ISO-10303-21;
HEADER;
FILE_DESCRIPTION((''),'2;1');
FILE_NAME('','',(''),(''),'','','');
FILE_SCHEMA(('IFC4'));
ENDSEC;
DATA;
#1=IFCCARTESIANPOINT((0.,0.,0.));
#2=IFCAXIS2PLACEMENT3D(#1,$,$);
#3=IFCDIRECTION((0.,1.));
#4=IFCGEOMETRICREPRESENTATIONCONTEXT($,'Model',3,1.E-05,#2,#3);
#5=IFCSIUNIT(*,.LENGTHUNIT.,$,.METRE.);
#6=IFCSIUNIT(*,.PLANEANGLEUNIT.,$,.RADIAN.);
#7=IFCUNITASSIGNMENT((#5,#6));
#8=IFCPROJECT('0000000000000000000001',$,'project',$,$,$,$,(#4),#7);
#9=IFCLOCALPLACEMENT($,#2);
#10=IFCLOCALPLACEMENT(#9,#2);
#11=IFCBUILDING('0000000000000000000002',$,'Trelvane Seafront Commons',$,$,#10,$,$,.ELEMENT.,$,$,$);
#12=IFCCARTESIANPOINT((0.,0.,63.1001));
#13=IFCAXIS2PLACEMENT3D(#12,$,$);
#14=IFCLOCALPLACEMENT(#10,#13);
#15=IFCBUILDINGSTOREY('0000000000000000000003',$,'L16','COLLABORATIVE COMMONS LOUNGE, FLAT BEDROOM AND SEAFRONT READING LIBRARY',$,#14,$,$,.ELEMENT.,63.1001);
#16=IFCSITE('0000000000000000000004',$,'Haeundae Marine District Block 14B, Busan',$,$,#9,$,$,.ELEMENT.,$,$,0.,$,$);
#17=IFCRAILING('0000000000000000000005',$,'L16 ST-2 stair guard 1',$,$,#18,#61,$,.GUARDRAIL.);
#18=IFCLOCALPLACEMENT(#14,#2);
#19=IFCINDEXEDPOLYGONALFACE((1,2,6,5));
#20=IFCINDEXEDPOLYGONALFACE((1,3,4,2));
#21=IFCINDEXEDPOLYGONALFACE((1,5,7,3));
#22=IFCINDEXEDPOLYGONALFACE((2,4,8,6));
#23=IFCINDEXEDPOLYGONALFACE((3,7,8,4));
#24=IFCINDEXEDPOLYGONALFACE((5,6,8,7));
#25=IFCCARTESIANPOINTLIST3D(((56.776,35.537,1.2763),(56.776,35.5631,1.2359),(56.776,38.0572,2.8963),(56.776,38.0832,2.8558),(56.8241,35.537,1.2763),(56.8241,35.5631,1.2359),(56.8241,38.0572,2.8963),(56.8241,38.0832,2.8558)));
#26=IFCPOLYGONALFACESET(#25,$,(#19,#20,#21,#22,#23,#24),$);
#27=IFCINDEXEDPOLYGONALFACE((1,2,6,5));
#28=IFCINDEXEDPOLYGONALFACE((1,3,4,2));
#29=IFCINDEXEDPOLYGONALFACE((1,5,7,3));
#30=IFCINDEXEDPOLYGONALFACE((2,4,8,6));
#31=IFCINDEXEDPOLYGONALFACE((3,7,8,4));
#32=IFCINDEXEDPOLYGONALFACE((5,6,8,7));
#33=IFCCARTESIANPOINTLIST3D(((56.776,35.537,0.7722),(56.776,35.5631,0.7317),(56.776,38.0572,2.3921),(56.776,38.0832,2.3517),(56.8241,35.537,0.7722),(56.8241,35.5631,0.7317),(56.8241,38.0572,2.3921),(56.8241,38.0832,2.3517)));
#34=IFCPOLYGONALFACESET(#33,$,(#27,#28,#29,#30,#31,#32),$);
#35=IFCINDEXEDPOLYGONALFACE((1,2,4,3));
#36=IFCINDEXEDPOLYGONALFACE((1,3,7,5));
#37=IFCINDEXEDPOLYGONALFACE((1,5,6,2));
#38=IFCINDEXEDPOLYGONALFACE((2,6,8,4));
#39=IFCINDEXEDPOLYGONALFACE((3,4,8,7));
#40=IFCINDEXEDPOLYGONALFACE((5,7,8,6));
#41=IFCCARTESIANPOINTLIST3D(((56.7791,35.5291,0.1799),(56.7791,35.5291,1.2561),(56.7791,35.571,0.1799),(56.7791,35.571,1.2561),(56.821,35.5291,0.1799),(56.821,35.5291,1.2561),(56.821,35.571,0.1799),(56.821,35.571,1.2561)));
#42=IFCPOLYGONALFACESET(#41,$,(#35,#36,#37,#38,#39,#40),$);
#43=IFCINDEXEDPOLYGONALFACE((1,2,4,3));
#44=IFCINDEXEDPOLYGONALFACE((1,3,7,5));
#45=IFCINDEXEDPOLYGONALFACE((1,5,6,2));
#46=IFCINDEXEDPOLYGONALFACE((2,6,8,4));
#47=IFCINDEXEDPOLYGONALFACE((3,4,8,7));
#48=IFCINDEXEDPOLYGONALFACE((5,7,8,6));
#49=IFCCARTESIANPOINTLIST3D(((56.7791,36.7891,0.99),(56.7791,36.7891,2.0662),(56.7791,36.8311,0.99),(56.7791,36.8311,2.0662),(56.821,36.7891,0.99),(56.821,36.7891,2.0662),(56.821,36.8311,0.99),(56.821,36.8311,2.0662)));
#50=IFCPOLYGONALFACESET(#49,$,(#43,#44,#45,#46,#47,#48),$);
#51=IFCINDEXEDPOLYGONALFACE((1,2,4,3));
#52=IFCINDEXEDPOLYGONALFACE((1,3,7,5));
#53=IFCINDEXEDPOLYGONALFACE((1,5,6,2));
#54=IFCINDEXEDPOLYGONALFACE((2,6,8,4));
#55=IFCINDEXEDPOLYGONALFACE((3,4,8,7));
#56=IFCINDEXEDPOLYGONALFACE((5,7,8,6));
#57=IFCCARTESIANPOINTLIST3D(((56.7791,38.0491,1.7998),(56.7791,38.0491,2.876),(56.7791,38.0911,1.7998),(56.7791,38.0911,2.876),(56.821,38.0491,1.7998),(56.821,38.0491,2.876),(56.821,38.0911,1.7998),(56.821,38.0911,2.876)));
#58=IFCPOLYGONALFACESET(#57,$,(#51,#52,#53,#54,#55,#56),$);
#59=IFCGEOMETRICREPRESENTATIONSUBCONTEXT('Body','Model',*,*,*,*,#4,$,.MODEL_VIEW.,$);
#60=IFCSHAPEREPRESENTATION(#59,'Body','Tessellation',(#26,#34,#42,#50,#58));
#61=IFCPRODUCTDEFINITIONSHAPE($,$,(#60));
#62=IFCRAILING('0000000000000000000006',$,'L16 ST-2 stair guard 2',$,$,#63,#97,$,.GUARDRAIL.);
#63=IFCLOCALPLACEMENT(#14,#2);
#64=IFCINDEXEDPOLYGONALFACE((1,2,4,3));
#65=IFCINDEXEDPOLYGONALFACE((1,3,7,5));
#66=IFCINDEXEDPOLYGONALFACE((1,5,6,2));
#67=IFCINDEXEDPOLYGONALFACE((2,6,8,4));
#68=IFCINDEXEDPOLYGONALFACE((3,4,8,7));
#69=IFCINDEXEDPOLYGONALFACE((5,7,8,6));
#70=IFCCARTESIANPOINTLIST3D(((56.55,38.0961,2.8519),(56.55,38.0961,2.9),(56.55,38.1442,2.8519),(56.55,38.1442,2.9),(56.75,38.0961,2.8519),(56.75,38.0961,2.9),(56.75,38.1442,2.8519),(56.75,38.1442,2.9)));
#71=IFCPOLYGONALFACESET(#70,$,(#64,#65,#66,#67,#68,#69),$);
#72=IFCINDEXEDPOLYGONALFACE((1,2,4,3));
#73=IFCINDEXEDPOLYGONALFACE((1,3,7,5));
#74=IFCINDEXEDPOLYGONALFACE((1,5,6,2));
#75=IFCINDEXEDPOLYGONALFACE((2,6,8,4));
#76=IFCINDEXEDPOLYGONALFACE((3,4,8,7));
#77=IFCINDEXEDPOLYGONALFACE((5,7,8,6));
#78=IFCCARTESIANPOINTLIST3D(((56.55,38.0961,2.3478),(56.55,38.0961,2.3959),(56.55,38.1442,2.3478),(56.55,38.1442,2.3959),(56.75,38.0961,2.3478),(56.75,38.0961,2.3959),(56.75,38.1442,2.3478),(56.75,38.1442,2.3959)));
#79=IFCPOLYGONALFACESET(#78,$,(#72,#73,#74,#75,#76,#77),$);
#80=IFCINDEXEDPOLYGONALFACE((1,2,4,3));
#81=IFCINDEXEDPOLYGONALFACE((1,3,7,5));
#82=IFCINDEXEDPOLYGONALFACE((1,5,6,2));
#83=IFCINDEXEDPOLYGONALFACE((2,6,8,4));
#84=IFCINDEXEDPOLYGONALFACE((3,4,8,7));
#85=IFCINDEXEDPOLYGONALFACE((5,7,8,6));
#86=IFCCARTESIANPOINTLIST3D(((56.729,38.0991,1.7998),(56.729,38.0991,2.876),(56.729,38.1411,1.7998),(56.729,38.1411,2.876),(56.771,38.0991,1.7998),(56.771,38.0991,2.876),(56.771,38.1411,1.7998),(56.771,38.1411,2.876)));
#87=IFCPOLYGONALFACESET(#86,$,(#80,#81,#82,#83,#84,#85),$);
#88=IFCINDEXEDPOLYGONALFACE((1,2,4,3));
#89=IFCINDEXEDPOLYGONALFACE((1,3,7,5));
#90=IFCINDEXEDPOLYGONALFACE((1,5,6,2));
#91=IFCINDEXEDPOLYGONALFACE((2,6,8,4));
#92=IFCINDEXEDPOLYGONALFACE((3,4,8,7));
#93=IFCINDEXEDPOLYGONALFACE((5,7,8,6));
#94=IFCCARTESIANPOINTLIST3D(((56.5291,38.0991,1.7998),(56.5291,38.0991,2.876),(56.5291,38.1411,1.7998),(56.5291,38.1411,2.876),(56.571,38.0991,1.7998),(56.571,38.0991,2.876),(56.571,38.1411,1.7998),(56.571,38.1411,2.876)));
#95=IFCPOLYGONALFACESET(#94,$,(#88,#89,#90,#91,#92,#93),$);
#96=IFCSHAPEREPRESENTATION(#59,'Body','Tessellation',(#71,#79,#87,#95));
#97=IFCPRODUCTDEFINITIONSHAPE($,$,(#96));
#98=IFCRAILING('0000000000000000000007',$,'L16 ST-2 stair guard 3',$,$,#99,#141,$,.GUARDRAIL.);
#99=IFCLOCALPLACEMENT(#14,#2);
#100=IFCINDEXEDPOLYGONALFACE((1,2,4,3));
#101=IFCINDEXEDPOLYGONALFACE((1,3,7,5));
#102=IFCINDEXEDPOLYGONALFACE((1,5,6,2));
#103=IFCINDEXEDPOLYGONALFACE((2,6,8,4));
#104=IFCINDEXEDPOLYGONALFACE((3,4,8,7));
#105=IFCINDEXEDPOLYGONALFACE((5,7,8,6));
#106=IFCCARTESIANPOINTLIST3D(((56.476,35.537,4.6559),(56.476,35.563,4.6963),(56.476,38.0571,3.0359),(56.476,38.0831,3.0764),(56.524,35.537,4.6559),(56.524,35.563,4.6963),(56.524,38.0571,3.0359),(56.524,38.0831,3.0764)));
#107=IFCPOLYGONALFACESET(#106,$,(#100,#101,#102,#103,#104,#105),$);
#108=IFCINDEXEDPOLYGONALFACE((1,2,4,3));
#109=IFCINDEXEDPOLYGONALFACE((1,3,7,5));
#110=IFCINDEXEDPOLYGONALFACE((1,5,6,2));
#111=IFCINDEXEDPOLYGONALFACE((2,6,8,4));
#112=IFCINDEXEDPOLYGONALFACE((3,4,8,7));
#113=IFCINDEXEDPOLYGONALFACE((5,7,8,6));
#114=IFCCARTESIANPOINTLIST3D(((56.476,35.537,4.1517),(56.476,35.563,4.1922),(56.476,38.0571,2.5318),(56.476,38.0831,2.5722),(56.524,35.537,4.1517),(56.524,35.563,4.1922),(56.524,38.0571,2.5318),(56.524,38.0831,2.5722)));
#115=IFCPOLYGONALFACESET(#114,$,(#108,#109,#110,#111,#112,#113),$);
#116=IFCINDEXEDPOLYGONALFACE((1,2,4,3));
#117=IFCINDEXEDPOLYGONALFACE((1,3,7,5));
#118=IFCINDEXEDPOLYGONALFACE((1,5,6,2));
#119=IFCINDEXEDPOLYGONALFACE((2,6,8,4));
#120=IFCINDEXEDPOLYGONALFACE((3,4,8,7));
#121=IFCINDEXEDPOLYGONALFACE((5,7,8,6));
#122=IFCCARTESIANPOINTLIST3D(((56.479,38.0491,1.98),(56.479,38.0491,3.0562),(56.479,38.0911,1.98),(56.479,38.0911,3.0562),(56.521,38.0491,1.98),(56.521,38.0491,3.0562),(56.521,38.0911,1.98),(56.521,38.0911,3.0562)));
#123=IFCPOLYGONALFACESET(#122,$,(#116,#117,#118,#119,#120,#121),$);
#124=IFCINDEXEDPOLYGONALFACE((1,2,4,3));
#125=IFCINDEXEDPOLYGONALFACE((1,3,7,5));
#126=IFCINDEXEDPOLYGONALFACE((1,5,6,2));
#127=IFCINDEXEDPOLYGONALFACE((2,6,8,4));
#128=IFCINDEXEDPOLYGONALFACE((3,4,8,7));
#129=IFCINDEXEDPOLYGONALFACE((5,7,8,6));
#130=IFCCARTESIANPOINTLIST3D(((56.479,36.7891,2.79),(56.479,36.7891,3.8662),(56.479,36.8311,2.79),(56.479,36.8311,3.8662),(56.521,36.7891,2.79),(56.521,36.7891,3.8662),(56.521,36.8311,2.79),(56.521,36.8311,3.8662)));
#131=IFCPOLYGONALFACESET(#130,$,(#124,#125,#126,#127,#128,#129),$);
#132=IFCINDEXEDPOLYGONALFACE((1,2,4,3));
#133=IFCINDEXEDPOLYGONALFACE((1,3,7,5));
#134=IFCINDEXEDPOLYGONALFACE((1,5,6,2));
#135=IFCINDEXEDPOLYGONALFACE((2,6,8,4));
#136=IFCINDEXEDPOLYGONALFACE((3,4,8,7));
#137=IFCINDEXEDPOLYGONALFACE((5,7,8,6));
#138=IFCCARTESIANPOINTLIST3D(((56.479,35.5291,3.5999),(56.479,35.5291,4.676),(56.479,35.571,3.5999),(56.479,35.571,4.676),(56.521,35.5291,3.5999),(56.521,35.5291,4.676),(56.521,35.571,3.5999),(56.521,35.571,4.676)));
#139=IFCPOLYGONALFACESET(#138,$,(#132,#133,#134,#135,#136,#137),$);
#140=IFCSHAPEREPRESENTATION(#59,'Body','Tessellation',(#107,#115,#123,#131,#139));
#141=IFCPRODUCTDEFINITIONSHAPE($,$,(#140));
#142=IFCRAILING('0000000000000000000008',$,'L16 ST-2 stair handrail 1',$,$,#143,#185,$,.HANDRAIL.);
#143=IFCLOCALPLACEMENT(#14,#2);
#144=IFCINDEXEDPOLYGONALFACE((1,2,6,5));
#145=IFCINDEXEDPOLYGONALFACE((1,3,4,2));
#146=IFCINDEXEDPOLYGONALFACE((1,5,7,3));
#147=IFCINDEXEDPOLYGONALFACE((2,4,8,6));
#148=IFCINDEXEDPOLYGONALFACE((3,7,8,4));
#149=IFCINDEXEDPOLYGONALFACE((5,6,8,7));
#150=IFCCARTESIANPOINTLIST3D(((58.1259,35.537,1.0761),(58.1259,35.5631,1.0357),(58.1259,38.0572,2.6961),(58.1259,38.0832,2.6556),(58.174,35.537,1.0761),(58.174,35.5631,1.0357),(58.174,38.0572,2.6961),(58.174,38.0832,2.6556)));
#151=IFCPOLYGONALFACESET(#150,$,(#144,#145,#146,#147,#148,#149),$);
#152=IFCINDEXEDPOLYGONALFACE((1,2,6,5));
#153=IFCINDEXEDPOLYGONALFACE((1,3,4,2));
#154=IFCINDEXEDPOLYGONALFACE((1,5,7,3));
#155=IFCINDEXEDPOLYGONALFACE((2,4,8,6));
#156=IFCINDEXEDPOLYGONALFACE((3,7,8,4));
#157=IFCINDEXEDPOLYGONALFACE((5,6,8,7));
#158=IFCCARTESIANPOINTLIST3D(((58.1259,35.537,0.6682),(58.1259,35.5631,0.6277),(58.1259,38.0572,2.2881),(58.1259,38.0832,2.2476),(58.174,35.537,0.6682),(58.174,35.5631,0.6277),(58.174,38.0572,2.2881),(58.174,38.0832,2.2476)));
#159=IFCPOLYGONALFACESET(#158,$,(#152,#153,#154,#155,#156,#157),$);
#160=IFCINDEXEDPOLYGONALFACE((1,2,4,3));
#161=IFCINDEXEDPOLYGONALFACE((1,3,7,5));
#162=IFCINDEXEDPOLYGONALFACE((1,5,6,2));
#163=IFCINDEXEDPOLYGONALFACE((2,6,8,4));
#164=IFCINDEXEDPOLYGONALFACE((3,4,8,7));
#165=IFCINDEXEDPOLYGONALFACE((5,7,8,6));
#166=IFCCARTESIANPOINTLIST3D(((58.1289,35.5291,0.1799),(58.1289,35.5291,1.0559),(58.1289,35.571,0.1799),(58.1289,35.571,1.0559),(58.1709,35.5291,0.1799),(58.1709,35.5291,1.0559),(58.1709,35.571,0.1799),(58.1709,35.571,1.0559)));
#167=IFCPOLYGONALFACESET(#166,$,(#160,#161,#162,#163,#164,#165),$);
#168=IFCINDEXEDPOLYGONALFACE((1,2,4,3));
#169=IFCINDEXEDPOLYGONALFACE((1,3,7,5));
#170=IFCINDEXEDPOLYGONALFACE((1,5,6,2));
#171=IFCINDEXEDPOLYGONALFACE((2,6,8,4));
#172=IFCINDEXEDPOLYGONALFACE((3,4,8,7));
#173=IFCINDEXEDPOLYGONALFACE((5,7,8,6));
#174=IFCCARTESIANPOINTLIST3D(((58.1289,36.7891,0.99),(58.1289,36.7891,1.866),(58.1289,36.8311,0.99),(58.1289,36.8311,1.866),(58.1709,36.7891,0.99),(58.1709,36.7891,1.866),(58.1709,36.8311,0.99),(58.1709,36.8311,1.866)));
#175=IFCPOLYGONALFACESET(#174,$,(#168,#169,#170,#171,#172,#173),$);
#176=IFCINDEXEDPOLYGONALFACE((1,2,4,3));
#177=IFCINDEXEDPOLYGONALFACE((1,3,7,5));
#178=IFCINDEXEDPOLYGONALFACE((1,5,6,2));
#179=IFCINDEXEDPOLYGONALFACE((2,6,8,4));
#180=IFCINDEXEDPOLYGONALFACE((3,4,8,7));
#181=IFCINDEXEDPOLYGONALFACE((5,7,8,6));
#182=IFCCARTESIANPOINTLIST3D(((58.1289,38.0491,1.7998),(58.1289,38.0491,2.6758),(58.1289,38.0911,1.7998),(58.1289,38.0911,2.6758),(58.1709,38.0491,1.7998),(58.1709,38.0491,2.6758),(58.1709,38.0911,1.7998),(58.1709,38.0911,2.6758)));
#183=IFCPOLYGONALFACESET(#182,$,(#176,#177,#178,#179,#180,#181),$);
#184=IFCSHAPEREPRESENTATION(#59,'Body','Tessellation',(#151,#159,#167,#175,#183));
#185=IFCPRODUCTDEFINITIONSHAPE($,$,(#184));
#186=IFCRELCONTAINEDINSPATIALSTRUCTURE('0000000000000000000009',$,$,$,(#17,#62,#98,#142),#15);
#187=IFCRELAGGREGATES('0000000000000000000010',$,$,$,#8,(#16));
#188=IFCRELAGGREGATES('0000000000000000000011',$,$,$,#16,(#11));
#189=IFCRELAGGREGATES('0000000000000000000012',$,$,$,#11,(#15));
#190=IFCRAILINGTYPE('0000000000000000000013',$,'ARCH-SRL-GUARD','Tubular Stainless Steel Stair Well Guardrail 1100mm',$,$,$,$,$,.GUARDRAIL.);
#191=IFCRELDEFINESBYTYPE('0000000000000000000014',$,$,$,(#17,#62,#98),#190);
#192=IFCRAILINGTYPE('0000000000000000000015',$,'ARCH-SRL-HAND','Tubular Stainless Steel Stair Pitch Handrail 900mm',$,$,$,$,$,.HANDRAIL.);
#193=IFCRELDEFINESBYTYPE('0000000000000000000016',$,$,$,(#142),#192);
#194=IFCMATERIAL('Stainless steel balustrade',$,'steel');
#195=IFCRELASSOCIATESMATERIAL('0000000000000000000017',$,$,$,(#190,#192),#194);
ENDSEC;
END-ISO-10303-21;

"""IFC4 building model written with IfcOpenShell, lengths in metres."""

from ifc_helpers import new_model, si_unit, direction, frame, origin, origin_2d, place, context, subcontext, project, spatial, rectangle, extrude, material, type_object, element, save


model = new_model("IFC4")

# Units and contexts
model_context = context("Model", 3, precision=1e-05, world=origin(), true_north=direction((0.0, 1.0)))
body_context = subcontext(model_context, "Body", "Model", "MODEL_VIEW")
ifc_project = project(units=[si_unit("LENGTHUNIT", "METRE"), si_unit("PLANEANGLEUNIT", "RADIAN")], contexts=[model_context])

# Site, building, storey
site_placement = place(None, origin())
site = spatial("IfcSite", under=ifc_project, at=site_placement, Name="Haeundae Marine District Block 14B, Busan", CompositionType="ELEMENT", RefElevation=0.0)
building_placement = place(site_placement, origin())
building = spatial("IfcBuilding", under=site, at=building_placement, Name="Trelvane Seafront Commons", CompositionType="ELEMENT")
storey_placement = place(building_placement, frame((0.0, 0.0, 63.1001)))
storey = spatial("IfcBuildingStorey", under=building, at=storey_placement, Name="L16", Description="COLLABORATIVE COMMONS LOUNGE, FLAT BEDROOM AND SEAFRONT READING LIBRARY", CompositionType="ELEMENT", Elevation=63.1001)

# Railings
ifc_material_1 = material(Name="Stainless steel balustrade", Category="steel")
railing_type_1 = type_object("IfcRailingType", Name="ARCH-SRL-GUARD", Description="Tubular Stainless Steel Stair Well Guardrail 1100mm", PredefinedType="GUARDRAIL", material=ifc_material_1)
railing_1_placement = place(storey_placement, frame((56.8, 35.55, 0.1799)))
element("IfcRailing", 1, at=railing_1_placement, inside=storey, type_object=railing_type_1, Name="L16 ST-2 stair guard 1", PredefinedType="GUARDRAIL", context=body_context, shape_type="SweptSolid", body=[
    extrude(rectangle(XDim=0.0481, YDim=0.0481, at=origin_2d()), frame((0.0, 0.0, 1.0762), z_axis=(0.0, 0.8412, 0.540725), x_axis=(-1.0, 0.0, 0.0)), (0.0, 0.0, 1.0), 2.9958),
    extrude(rectangle(XDim=0.0481, YDim=0.0481, at=origin_2d()), frame((0.0, 0.0, 0.572), z_axis=(0.0, 0.8412, 0.540725), x_axis=(-1.0, 0.0, 0.0)), (0.0, 0.0, 1.0), 2.9958),
    extrude(rectangle(XDim=0.042, YDim=0.042, at=origin_2d()), origin(), (0.0, 0.0, 1.0), 1.0762),
    extrude(rectangle(XDim=0.042, YDim=0.042, at=origin_2d()), frame((0.0, 1.26, 0.8101)), (0.0, 0.0, 1.0), 1.0762),
    extrude(rectangle(XDim=0.042, YDim=0.042, at=origin_2d()), frame((0.0, 2.52, 1.6199)), (0.0, 0.0, 1.0), 1.0762),
])
railing_2_placement = place(storey_placement, frame((56.75, 38.1201, 1.7998)))
element("IfcRailing", 2, at=railing_2_placement, inside=storey, type_object=railing_type_1, Name="L16 ST-2 stair guard 2", PredefinedType="GUARDRAIL", context=body_context, shape_type="SweptSolid", body=[
    extrude(rectangle(XDim=0.0481, YDim=0.0481, at=origin_2d()), frame((0.0, 0.0, 1.0762), z_axis=(-1.0, 0.0, 0.0), x_axis=(0.0, -1.0, 0.0)), (0.0, 0.0, 1.0), 0.2),
    extrude(rectangle(XDim=0.0481, YDim=0.0481, at=origin_2d()), frame((0.0, 0.0, 0.572), z_axis=(-1.0, 0.0, 0.0), x_axis=(0.0, -1.0, 0.0)), (0.0, 0.0, 1.0), 0.2),
    extrude(rectangle(XDim=0.042, YDim=0.042, at=origin_2d()), origin(), (0.0, 0.0, 1.0), 1.0762),
    extrude(rectangle(XDim=0.042, YDim=0.042, at=origin_2d()), frame((-0.2, 0.0, 0.0)), (0.0, 0.0, 1.0), 1.0762),
])
railing_3_placement = place(storey_placement, frame((56.5, 38.0701, 1.98)))
element("IfcRailing", 3, at=railing_3_placement, inside=storey, type_object=railing_type_1, Name="L16 ST-2 stair guard 3", PredefinedType="GUARDRAIL", context=body_context, shape_type="SweptSolid", body=[
    extrude(rectangle(XDim=0.0481, YDim=0.0481, at=origin_2d()), frame((0.0, 0.0, 1.0762), z_axis=(0.0, -0.8412, 0.540725), x_axis=(1.0, 0.0, 0.0)), (0.0, 0.0, 1.0), 2.9958),
    extrude(rectangle(XDim=0.0481, YDim=0.0481, at=origin_2d()), frame((0.0, 0.0, 0.572), z_axis=(0.0, -0.8412, 0.540725), x_axis=(1.0, 0.0, 0.0)), (0.0, 0.0, 1.0), 2.9958),
    extrude(rectangle(XDim=0.042, YDim=0.042, at=origin_2d()), origin(), (0.0, 0.0, 1.0), 1.0762),
    extrude(rectangle(XDim=0.042, YDim=0.042, at=origin_2d()), frame((0.0, -1.26, 0.8101)), (0.0, 0.0, 1.0), 1.0762),
    extrude(rectangle(XDim=0.042, YDim=0.042, at=origin_2d()), frame((0.0, -2.52, 1.6199)), (0.0, 0.0, 1.0), 1.0762),
])
railing_type_2 = type_object("IfcRailingType", Name="ARCH-SRL-HAND", Description="Tubular Stainless Steel Stair Pitch Handrail 900mm", PredefinedType="HANDRAIL", material=ifc_material_1)
railing_4_placement = place(storey_placement, frame((58.1499, 35.55, 0.1799)))
element("IfcRailing", 4, at=railing_4_placement, inside=storey, type_object=railing_type_2, Name="L16 ST-2 stair handrail 1", PredefinedType="HANDRAIL", context=body_context, shape_type="SweptSolid", body=[
    extrude(rectangle(XDim=0.0481, YDim=0.0481, at=origin_2d()), frame((0.0, 0.0, 0.876), z_axis=(0.0, 0.8412, 0.540725), x_axis=(-1.0, 0.0, 0.0)), (0.0, 0.0, 1.0), 2.9958),
    extrude(rectangle(XDim=0.0481, YDim=0.0481, at=origin_2d()), frame((0.0, 0.0, 0.468), z_axis=(0.0, 0.8412, 0.540725), x_axis=(-1.0, 0.0, 0.0)), (0.0, 0.0, 1.0), 2.9958),
    extrude(rectangle(XDim=0.042, YDim=0.042, at=origin_2d()), origin(), (0.0, 0.0, 1.0), 0.876),
    extrude(rectangle(XDim=0.042, YDim=0.042, at=origin_2d()), frame((0.0, 1.26, 0.8101)), (0.0, 0.0, 1.0), 0.876),
    extrude(rectangle(XDim=0.042, YDim=0.042, at=origin_2d()), frame((0.0, 2.52, 1.6199)), (0.0, 0.0, 1.0), 0.876),
])

save(model, "model.ifc")
